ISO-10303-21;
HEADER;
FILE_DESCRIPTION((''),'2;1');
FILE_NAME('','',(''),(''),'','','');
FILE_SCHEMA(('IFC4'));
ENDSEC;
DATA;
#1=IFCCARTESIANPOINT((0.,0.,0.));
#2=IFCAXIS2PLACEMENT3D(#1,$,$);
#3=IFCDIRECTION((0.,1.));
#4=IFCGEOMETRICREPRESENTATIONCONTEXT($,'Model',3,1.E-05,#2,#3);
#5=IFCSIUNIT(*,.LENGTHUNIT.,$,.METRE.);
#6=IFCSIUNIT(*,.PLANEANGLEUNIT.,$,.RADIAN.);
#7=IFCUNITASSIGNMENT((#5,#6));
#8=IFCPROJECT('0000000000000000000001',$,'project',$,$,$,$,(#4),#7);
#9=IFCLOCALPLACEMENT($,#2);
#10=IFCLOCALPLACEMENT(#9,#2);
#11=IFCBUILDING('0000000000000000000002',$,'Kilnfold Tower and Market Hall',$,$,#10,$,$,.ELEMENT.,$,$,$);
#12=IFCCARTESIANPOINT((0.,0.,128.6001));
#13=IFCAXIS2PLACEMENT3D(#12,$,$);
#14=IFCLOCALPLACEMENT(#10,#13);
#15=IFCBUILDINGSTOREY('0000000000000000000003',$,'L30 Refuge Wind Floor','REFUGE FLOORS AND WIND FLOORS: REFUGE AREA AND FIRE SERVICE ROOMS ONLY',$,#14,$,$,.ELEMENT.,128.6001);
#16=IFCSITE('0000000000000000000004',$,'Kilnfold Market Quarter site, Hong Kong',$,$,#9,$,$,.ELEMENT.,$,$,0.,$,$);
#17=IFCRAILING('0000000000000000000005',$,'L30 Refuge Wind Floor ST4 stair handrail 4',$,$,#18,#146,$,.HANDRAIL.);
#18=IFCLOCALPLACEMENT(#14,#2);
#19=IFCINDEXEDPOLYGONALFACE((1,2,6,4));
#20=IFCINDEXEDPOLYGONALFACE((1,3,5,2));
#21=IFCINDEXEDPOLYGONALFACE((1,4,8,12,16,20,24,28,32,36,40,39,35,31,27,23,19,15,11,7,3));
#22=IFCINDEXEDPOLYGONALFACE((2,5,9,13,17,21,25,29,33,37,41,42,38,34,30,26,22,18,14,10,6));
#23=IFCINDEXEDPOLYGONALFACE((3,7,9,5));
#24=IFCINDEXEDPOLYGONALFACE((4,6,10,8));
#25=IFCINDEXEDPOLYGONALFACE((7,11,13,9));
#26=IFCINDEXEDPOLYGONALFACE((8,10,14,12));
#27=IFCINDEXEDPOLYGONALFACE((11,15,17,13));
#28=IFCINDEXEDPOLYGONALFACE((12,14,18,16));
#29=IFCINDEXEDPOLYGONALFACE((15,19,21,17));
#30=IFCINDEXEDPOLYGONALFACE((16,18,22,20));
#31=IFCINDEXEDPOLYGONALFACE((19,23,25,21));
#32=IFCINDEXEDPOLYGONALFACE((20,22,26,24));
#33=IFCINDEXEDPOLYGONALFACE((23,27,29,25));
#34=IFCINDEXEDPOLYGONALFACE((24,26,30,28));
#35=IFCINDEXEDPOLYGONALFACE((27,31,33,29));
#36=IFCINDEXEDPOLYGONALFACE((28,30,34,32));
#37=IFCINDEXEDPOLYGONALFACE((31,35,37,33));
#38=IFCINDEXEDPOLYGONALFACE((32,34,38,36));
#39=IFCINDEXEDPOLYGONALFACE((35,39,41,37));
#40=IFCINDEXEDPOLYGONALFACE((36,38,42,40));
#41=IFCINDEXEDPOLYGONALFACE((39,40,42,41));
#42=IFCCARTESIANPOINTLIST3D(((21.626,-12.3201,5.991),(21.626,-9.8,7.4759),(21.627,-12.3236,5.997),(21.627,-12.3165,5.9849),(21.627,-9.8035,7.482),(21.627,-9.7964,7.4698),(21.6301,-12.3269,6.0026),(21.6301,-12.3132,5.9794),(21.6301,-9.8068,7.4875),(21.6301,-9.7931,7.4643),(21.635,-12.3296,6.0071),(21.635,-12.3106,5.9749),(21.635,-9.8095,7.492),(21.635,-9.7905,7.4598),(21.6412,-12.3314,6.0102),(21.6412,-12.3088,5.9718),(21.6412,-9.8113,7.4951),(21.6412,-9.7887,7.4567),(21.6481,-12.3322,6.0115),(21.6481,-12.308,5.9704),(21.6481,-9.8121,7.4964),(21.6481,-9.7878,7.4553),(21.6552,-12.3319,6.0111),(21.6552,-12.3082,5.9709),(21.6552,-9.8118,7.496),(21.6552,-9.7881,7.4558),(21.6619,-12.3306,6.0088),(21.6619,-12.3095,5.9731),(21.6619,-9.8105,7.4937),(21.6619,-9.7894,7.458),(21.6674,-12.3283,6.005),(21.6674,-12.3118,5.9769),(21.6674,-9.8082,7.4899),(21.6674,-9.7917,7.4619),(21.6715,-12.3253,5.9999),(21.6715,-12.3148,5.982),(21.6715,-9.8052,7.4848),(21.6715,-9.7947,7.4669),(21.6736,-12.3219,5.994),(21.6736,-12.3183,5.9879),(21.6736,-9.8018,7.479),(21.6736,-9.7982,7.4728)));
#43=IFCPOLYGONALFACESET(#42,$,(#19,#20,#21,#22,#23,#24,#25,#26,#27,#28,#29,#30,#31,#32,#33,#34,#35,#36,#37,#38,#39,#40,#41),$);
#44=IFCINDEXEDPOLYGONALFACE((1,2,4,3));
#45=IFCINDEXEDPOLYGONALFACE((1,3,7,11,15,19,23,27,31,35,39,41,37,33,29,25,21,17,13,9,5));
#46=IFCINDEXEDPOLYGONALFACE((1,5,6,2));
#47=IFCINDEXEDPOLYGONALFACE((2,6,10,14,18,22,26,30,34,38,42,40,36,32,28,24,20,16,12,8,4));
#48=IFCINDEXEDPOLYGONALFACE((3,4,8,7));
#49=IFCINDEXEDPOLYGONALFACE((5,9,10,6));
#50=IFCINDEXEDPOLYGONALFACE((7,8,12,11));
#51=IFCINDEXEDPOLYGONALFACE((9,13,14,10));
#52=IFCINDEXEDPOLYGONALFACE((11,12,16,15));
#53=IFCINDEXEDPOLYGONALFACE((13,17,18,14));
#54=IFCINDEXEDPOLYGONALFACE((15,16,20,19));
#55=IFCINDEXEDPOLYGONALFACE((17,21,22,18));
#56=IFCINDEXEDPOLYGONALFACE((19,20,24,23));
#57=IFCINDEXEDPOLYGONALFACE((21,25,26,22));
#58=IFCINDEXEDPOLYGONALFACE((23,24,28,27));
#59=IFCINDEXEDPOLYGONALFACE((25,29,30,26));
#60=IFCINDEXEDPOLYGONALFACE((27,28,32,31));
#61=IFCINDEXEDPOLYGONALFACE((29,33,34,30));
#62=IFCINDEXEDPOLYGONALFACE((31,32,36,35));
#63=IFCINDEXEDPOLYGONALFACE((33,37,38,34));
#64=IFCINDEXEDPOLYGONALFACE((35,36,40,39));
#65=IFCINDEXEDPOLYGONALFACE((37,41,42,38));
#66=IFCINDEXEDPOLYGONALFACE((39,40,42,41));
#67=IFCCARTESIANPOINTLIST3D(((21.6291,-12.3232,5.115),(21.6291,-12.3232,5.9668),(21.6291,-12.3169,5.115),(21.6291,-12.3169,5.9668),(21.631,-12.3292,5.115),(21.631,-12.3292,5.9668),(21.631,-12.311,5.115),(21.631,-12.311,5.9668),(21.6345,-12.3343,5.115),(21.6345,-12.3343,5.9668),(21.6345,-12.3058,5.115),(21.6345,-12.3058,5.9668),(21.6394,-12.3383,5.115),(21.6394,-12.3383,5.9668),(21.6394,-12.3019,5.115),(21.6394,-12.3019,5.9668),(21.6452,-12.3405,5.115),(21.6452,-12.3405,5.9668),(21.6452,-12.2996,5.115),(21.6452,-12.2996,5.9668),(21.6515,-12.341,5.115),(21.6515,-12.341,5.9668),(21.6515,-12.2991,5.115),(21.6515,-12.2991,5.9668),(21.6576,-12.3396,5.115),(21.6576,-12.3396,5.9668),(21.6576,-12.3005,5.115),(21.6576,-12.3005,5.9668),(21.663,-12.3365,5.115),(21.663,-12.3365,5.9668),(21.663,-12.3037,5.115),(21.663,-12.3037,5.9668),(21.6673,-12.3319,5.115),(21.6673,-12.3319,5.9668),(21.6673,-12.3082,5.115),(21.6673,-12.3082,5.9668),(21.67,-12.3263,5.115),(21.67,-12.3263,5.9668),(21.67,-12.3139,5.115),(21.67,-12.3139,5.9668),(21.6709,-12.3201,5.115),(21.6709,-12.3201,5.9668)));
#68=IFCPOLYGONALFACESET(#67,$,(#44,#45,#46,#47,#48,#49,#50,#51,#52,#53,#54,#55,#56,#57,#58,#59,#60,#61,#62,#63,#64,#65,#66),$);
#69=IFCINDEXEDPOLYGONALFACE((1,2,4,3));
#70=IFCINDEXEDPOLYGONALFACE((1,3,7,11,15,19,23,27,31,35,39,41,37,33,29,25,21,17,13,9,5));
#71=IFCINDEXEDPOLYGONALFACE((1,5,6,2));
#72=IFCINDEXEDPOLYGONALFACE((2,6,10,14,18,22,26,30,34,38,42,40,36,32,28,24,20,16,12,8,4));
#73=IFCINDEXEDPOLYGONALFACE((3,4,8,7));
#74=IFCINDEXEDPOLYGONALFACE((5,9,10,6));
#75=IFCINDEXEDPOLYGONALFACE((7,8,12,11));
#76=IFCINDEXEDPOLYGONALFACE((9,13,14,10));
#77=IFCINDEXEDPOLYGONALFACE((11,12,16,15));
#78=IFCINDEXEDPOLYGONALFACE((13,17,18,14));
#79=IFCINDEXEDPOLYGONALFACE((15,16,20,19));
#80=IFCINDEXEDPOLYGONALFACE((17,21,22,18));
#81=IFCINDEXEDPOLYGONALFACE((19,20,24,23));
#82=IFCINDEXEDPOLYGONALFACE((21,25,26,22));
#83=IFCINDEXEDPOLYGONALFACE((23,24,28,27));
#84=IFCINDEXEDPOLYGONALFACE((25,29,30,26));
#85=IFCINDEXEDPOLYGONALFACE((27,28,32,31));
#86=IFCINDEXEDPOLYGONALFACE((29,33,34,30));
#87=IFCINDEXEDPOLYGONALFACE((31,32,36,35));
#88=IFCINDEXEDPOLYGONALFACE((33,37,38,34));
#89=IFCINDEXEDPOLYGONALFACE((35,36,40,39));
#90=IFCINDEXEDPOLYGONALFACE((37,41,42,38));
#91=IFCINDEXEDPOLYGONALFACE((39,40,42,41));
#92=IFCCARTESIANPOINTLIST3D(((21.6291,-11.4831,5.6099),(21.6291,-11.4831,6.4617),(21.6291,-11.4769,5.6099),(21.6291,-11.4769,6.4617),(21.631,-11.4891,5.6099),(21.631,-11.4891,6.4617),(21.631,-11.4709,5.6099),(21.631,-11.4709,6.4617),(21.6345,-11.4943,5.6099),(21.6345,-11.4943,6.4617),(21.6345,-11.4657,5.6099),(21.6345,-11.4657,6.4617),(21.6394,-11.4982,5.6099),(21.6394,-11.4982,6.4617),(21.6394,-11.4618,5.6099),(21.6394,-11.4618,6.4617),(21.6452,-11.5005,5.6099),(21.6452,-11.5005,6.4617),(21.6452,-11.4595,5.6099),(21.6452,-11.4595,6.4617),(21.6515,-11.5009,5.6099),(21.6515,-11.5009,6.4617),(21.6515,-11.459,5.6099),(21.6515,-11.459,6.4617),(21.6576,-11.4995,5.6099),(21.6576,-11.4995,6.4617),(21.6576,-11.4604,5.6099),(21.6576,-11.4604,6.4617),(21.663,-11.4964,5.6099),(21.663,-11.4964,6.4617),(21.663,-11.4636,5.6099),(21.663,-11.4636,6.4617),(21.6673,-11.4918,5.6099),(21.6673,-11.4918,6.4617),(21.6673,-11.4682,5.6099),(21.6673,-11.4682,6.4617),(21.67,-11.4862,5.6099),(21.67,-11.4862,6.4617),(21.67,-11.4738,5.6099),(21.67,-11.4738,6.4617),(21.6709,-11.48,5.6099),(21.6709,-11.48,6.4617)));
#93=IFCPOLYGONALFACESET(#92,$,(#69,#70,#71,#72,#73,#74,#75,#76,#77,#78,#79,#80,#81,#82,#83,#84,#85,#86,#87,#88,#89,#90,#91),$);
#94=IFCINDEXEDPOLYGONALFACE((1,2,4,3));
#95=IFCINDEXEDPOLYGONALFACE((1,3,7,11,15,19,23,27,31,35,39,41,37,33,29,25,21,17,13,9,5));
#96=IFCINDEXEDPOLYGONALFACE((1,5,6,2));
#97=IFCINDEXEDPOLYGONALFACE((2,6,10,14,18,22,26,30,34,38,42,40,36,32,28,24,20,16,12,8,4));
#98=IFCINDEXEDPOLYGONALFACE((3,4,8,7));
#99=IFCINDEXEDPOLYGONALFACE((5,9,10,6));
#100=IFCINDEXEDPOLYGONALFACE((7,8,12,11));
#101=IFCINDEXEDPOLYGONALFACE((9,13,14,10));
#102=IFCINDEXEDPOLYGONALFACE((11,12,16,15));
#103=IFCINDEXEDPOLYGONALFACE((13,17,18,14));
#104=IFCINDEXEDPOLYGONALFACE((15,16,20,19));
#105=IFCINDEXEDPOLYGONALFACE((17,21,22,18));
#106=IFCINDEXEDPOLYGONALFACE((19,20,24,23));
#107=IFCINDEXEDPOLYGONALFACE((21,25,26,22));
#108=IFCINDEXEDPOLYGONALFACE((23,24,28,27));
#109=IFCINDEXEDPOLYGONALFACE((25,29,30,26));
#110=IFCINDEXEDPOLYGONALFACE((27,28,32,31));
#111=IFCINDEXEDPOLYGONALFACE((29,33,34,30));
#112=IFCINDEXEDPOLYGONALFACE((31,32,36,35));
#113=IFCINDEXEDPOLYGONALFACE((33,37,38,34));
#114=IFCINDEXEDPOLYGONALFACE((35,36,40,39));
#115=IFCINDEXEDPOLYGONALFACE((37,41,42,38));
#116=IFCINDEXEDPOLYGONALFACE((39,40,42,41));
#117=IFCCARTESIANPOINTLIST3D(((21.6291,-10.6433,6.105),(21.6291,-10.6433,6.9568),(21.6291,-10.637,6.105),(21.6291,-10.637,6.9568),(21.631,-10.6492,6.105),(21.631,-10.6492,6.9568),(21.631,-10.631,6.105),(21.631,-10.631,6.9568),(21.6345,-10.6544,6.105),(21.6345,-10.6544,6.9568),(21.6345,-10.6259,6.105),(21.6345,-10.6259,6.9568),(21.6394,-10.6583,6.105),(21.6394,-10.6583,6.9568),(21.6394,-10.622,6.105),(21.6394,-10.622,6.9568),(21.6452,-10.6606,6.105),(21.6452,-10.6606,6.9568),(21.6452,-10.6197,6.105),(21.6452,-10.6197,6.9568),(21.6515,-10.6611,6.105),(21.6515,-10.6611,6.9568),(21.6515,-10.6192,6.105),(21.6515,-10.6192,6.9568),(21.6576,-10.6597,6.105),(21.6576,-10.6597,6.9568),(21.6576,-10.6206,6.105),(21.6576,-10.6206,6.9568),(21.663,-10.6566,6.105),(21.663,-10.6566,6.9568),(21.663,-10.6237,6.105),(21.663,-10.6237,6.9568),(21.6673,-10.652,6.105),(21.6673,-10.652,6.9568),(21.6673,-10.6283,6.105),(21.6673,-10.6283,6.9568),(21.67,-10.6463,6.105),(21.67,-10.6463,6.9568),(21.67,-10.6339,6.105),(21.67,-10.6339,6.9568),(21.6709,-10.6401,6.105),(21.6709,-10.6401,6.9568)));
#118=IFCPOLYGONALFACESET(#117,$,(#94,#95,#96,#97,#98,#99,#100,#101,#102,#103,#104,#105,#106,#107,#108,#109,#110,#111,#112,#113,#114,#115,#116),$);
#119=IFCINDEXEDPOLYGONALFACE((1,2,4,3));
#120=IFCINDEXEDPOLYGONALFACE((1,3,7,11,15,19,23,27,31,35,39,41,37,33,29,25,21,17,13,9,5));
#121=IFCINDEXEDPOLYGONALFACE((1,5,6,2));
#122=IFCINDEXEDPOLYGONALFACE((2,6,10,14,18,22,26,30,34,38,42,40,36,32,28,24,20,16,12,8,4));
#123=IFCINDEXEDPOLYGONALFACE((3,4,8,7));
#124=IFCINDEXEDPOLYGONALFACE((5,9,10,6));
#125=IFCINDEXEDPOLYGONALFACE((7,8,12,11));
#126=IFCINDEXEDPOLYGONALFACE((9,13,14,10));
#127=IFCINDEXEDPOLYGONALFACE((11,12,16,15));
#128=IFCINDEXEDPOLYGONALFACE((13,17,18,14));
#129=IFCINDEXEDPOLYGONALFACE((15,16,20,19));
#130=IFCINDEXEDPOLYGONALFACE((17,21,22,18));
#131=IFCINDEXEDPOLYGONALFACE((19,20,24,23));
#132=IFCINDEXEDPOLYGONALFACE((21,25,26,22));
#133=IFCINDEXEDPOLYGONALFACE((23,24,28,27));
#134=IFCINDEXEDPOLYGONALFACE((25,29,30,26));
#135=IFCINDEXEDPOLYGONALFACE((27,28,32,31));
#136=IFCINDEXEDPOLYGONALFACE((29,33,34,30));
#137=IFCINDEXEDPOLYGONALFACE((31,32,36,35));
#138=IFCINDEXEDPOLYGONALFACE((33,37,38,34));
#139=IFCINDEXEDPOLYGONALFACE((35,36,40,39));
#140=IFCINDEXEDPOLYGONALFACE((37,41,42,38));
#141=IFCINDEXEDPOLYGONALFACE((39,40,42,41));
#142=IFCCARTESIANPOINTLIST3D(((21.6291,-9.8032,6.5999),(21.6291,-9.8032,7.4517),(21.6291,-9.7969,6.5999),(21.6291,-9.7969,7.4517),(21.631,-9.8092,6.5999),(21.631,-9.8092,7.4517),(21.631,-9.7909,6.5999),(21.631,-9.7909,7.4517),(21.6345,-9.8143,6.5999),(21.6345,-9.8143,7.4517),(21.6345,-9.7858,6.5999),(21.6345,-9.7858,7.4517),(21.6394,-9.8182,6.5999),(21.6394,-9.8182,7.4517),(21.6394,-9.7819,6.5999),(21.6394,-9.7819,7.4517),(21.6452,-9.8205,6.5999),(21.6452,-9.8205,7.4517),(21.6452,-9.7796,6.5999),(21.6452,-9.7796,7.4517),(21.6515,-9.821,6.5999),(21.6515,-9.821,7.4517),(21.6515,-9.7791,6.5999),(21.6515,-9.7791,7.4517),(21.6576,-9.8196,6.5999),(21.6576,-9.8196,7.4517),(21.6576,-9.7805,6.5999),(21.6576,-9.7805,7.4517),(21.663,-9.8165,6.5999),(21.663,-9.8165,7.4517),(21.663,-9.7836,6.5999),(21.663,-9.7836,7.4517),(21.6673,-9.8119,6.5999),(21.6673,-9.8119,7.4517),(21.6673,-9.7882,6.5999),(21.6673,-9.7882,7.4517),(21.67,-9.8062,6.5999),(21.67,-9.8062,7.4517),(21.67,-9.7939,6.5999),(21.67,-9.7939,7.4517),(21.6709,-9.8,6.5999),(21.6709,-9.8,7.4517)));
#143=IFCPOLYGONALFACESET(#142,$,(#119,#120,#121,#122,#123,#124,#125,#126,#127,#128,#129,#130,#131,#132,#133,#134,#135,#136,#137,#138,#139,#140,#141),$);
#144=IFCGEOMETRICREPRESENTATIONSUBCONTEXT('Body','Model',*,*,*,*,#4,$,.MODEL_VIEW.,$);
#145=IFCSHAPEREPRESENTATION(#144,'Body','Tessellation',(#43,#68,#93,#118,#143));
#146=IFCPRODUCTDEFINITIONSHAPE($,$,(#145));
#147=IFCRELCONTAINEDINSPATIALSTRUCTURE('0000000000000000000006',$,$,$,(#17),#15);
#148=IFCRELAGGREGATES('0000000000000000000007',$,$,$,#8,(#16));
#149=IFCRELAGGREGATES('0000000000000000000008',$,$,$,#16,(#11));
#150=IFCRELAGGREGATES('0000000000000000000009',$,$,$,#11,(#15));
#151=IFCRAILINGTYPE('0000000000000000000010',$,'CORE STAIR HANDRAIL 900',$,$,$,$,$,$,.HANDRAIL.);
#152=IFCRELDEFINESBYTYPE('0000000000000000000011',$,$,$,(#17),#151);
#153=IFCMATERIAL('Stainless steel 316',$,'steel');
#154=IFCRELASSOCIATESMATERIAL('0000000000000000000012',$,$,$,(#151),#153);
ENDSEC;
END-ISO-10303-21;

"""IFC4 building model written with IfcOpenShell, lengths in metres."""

from ifc_helpers import new_model, si_unit, direction, frame, origin, origin_2d, place, context, subcontext, project, spatial, circle, extrude, material, type_object, element, save


model = new_model("IFC4")

# Units and contexts
model_context = context("Model", 3, precision=1e-05, world=origin(), true_north=direction((0.0, 1.0)))
body_context = subcontext(model_context, "Body", "Model", "MODEL_VIEW")
ifc_project = project(units=[si_unit("LENGTHUNIT", "METRE"), si_unit("PLANEANGLEUNIT", "RADIAN")], contexts=[model_context])

# Site, building, storey
site_placement = place(None, origin())
site = spatial("IfcSite", under=ifc_project, at=site_placement, Name="Kilnfold Market Quarter site, Hong Kong", CompositionType="ELEMENT", RefElevation=0.0)
building_placement = place(site_placement, origin())
building = spatial("IfcBuilding", under=site, at=building_placement, Name="Kilnfold Tower and Market Hall", CompositionType="ELEMENT")
storey_placement = place(building_placement, frame((0.0, 0.0, 128.6001)))
storey = spatial("IfcBuildingStorey", under=building, at=storey_placement, Name="L30 Refuge Wind Floor", Description="REFUGE FLOORS AND WIND FLOORS: REFUGE AREA AND FIRE SERVICE ROOMS ONLY", CompositionType="ELEMENT", Elevation=128.6001)

# Railing
ifc_material_1 = material(Name="Stainless steel 316", Category="steel")
railing_type_1 = type_object("IfcRailingType", Name="CORE STAIR HANDRAIL 900", PredefinedType="HANDRAIL", material=ifc_material_1)
railing_1_placement = place(storey_placement, frame((21.6499, -12.3201, 5.115)))
element("IfcRailing", 1, at=railing_1_placement, inside=storey, type_object=railing_type_1, Name="L30 Refuge Wind Floor ST4 stair handrail 4", PredefinedType="HANDRAIL", context=body_context, shape_type="SweptSolid", body=[
    extrude(circle(Radius=0.0239, at=origin_2d()), frame((0.0, 0.0, 0.876), z_axis=(0.0, 0.861561, 0.507655), x_axis=(-1.0, 0.0, 0.0)), (0.0, 0.0, 1.0), 2.925),
    extrude(circle(Radius=0.021, at=origin_2d()), origin(), (0.0, 0.0, 1.0), 0.8518),
    extrude(circle(Radius=0.021, at=origin_2d()), frame((0.0, 0.8401, 0.4949)), (0.0, 0.0, 1.0), 0.8518),
    extrude(circle(Radius=0.021, at=origin_2d()), frame((0.0, 1.6799, 0.99)), (0.0, 0.0, 1.0), 0.8518),
    extrude(circle(Radius=0.021, at=origin_2d()), frame((0.0, 2.52, 1.4849)), (0.0, 0.0, 1.0), 0.8518),
])

save(model, "model.ifc")
